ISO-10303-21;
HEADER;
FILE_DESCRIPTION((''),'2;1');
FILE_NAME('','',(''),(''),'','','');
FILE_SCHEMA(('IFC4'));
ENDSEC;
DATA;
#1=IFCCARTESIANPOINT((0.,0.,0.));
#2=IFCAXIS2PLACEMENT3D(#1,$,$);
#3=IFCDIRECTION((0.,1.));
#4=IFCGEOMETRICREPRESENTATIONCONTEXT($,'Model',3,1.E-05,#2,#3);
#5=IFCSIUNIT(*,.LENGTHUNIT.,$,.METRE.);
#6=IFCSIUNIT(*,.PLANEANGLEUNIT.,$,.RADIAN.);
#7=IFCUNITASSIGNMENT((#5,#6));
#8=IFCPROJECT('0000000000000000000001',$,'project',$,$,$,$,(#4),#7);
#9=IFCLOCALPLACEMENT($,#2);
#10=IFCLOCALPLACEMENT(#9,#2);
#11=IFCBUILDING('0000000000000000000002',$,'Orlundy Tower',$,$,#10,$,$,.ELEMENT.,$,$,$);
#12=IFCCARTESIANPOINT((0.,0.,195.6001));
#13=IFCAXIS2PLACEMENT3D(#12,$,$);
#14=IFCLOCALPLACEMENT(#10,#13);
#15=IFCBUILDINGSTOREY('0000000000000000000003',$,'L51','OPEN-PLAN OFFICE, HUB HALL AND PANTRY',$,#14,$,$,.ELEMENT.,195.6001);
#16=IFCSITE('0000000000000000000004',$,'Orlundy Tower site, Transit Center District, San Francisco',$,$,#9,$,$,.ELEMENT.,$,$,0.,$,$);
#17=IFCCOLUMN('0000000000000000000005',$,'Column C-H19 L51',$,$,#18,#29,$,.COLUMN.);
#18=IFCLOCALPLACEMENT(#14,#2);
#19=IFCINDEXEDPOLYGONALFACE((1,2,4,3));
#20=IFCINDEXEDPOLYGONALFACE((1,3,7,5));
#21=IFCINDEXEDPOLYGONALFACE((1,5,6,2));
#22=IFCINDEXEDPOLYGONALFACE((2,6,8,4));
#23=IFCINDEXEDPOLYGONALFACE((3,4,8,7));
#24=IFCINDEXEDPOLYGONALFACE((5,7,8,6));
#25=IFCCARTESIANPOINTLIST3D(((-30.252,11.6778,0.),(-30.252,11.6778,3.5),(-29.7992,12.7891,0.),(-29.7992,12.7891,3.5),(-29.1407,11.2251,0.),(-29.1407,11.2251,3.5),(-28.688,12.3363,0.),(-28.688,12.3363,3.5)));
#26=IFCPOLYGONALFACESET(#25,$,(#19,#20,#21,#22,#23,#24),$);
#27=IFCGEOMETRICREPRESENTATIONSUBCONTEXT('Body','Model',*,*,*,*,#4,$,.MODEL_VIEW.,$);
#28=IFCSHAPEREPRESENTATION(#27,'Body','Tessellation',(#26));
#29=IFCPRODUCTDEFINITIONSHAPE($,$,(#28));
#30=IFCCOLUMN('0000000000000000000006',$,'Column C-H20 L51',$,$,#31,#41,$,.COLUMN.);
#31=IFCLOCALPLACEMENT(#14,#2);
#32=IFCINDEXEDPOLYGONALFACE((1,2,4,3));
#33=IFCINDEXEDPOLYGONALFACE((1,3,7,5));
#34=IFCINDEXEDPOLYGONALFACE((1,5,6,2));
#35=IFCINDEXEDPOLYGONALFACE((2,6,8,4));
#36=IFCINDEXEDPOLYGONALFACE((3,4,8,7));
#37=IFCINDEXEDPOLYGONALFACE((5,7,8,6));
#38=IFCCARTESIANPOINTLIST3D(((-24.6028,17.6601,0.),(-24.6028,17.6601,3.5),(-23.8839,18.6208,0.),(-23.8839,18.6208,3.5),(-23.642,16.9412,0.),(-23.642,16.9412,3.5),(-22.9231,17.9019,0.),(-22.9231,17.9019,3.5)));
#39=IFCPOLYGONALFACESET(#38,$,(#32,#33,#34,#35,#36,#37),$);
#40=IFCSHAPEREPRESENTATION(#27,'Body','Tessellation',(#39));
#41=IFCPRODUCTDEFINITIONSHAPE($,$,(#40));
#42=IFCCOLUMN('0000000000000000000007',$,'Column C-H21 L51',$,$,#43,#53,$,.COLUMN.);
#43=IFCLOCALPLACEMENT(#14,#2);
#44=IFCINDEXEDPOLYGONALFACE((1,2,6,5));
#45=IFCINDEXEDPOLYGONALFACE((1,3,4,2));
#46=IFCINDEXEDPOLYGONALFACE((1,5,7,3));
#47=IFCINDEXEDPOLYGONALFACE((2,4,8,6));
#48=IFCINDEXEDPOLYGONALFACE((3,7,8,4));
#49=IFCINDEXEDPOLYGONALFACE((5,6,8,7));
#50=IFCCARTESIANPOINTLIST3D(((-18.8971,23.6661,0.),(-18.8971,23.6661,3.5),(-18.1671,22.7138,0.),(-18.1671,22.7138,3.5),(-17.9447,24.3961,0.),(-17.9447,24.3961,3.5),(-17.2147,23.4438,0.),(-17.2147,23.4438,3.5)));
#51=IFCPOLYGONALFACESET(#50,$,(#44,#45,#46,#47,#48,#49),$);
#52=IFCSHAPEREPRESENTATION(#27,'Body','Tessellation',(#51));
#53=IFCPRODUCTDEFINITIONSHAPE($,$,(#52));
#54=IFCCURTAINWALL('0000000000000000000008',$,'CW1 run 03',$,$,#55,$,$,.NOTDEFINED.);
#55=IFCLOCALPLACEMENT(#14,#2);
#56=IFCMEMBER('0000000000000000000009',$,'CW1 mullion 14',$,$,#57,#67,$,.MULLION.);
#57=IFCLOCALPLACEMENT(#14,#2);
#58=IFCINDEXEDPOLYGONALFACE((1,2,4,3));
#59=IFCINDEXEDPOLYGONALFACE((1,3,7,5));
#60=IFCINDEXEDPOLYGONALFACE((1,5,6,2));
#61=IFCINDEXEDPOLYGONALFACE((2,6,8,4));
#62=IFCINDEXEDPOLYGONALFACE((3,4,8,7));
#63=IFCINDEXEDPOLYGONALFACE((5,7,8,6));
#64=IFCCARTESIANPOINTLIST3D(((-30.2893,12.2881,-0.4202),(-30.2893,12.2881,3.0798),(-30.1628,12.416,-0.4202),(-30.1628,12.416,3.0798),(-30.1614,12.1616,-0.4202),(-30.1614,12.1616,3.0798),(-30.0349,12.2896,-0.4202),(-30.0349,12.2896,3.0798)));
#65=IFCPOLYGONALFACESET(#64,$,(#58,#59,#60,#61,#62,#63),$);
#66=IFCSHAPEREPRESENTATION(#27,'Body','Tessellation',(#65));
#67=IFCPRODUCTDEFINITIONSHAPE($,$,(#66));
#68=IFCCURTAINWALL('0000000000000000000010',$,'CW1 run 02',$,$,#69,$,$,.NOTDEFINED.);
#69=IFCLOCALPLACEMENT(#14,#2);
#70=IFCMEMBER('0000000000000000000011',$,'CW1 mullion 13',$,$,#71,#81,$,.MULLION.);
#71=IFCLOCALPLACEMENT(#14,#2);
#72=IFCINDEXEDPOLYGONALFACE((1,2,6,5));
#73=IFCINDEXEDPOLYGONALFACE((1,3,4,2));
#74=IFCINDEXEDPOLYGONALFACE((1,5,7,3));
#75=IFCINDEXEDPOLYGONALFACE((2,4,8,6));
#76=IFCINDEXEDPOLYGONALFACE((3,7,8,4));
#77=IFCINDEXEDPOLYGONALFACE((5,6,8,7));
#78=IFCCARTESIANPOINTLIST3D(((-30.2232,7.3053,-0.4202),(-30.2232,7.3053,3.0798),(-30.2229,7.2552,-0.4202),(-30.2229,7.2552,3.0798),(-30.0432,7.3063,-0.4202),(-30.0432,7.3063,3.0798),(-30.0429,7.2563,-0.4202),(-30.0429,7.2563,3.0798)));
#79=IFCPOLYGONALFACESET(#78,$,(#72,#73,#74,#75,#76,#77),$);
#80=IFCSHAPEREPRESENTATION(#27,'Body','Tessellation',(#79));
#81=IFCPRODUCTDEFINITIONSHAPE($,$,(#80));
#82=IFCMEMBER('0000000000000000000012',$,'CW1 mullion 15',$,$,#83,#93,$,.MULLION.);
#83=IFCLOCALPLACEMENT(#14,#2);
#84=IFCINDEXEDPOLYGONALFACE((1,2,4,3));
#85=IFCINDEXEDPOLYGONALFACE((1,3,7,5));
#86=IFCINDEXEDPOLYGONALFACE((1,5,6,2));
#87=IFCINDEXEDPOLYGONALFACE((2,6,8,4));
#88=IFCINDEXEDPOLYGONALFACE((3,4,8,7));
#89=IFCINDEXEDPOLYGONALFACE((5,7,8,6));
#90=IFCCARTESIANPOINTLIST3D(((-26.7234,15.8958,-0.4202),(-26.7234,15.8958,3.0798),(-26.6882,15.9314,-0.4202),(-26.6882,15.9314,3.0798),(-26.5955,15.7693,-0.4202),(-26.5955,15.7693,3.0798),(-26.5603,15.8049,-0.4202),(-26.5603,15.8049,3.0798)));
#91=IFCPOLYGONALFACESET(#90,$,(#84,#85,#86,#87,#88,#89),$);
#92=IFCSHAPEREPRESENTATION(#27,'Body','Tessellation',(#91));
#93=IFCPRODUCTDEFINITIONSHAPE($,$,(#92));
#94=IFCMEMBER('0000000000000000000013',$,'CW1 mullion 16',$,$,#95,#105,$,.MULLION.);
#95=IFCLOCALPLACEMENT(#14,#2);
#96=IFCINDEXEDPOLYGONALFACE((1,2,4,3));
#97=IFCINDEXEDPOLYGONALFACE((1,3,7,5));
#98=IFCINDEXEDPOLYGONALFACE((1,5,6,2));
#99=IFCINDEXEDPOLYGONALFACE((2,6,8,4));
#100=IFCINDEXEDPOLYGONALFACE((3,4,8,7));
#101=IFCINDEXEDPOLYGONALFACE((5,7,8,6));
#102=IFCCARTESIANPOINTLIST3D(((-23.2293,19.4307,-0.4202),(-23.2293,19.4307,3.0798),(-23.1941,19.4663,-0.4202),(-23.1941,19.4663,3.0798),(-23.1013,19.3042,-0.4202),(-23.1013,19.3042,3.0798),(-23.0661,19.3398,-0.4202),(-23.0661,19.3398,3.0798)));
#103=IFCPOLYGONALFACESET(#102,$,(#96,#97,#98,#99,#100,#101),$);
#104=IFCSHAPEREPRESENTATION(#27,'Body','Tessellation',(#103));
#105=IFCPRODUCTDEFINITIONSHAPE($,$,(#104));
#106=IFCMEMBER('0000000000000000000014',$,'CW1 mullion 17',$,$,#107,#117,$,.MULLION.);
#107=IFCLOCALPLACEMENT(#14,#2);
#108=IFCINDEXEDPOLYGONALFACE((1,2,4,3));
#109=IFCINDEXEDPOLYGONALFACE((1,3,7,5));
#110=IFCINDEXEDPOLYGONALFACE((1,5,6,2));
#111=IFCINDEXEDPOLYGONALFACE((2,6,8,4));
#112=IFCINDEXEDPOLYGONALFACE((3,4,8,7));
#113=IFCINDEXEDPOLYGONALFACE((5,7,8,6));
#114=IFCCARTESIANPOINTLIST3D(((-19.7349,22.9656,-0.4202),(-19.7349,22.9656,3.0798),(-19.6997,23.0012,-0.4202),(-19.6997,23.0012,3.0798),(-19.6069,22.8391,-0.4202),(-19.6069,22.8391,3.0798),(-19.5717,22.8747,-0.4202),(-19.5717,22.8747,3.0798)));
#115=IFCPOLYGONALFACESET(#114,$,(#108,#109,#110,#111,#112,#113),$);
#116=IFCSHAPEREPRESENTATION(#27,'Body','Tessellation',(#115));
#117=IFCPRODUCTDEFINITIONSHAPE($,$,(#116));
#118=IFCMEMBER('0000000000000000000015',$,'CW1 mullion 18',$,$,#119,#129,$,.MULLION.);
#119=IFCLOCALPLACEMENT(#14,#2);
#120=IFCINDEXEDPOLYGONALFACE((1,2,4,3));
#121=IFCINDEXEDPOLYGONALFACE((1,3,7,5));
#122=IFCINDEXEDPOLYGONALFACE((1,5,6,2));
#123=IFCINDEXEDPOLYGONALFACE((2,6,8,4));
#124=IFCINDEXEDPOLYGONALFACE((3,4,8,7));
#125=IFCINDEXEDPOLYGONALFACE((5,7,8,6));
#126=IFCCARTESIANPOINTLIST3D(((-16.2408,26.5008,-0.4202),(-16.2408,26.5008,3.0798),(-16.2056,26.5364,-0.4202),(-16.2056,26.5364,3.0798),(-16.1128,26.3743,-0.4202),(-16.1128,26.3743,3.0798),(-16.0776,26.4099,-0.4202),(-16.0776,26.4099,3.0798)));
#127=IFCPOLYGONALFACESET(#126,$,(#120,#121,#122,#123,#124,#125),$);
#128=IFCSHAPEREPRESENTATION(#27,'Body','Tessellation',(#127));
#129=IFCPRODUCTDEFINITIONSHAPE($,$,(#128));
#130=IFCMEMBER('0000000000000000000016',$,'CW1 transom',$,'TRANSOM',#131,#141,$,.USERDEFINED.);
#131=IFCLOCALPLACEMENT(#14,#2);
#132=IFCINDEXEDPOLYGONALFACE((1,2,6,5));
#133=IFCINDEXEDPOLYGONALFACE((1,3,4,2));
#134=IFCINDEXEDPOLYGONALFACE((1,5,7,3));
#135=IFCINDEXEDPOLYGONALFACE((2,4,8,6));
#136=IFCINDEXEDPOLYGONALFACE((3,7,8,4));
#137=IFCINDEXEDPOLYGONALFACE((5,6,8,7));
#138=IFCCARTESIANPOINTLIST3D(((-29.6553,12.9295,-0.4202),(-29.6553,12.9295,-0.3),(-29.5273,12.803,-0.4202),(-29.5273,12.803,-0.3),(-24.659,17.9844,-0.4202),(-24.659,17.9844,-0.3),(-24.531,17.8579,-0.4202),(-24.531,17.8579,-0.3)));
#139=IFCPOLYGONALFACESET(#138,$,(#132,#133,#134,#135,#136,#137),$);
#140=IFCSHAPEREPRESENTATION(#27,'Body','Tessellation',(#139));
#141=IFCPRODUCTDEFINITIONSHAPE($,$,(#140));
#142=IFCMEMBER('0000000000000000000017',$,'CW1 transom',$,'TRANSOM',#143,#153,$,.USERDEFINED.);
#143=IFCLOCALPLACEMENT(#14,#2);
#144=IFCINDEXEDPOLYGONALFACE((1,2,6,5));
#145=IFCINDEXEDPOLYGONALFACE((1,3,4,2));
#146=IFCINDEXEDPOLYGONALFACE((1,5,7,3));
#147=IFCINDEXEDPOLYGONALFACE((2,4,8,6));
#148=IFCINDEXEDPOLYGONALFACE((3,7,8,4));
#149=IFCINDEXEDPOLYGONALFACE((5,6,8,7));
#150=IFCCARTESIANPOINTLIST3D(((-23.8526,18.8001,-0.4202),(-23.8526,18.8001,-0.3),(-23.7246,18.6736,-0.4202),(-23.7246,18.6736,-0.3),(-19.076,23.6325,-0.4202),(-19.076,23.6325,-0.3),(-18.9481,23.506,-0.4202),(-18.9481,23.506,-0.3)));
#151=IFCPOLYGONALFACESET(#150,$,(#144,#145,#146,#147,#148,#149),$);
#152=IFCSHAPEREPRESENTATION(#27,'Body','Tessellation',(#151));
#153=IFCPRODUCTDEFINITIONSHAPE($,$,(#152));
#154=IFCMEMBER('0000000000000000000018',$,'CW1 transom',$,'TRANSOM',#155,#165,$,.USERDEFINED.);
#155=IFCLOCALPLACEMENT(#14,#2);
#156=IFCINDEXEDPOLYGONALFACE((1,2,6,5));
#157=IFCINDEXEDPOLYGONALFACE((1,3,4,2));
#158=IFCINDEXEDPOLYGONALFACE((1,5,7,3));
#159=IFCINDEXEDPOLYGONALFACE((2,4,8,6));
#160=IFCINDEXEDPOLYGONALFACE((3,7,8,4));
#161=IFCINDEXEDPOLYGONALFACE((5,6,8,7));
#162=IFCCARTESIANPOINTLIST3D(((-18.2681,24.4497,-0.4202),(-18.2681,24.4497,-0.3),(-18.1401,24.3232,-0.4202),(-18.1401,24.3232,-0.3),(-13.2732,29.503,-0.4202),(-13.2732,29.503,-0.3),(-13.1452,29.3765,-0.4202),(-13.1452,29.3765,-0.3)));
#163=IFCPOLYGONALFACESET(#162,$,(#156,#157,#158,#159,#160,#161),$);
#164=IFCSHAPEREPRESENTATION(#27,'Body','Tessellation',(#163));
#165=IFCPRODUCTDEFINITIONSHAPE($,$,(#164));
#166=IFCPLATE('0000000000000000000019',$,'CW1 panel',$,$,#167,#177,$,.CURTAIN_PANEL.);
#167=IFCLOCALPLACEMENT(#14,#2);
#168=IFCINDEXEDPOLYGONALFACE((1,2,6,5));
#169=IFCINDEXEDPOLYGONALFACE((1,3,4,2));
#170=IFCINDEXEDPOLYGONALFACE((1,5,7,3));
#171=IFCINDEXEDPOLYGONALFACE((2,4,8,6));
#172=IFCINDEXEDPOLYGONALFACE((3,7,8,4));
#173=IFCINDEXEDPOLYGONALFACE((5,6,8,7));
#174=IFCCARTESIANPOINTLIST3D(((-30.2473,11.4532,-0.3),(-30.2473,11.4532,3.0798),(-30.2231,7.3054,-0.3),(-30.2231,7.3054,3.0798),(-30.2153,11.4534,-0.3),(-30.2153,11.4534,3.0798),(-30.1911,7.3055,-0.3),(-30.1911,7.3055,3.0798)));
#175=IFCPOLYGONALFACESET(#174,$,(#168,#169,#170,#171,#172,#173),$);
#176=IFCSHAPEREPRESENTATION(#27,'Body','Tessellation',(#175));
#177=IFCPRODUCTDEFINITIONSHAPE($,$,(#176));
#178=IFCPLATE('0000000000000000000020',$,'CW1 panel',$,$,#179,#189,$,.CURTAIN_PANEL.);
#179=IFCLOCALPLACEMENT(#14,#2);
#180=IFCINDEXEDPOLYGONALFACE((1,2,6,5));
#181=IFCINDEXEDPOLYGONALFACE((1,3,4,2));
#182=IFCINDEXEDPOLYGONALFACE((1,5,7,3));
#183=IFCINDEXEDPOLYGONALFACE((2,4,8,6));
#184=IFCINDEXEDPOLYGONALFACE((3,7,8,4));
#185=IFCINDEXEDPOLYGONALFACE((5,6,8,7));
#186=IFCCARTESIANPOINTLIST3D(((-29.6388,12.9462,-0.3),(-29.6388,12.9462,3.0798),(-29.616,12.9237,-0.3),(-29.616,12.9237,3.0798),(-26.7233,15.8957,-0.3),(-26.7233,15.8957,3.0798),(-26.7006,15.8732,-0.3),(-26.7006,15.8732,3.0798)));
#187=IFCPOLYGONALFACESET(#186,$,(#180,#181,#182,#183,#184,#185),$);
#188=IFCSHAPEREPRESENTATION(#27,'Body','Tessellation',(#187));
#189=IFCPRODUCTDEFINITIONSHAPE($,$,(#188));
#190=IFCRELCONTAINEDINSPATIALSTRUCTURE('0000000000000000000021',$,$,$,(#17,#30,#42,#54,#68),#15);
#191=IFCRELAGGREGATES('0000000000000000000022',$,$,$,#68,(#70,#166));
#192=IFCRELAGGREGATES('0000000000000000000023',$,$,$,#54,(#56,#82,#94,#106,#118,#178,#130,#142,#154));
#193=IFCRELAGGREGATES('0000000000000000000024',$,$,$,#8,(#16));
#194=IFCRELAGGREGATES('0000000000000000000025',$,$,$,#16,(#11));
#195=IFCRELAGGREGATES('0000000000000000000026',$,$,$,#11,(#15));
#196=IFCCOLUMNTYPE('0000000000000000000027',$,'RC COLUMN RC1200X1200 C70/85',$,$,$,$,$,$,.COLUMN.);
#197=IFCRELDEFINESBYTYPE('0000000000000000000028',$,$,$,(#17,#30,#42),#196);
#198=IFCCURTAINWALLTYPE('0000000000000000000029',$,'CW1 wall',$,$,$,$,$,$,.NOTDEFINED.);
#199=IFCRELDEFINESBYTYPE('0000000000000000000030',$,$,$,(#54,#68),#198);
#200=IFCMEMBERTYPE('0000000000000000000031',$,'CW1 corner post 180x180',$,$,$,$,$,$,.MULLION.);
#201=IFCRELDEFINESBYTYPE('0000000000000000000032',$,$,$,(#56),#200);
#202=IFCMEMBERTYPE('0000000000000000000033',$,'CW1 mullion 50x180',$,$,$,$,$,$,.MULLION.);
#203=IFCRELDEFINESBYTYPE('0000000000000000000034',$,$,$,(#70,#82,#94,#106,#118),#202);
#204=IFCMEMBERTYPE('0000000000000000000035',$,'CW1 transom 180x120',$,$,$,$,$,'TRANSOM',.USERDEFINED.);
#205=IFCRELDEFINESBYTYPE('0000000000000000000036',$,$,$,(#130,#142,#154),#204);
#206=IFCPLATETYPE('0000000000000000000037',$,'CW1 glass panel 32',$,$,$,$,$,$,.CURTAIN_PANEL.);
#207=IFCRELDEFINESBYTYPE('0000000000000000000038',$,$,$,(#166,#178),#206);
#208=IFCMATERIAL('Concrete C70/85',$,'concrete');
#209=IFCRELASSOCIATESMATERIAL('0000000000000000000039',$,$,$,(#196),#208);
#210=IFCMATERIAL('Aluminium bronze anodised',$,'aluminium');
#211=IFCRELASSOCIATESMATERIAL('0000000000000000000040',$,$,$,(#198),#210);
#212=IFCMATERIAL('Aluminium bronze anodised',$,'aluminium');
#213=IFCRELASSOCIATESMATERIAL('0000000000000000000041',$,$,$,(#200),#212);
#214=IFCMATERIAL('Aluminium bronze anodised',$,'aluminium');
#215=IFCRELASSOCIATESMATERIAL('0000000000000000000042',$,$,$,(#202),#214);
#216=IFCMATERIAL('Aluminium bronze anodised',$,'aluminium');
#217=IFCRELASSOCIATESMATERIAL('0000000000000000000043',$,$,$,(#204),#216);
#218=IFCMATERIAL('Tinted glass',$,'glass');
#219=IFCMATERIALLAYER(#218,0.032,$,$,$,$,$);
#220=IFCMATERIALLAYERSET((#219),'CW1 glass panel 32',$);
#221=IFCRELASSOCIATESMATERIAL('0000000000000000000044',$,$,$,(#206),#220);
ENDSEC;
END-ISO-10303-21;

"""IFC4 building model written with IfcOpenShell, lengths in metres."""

from ifc_helpers import new_model, si_unit, direction, frame, origin, origin_2d, place, context, subcontext, project, spatial, rectangle, extrude, material, layer, layer_set, material_profile, profile_set, type_object, element, aggregate, save


model = new_model("IFC4")

# Units and contexts
model_context = context("Model", 3, precision=1e-05, world=origin(), true_north=direction((0.0, 1.0)))
body_context = subcontext(model_context, "Body", "Model", "MODEL_VIEW")
ifc_project = project(units=[si_unit("LENGTHUNIT", "METRE"), si_unit("PLANEANGLEUNIT", "RADIAN")], contexts=[model_context])

# Site, building, storey
site_placement = place(None, origin())
site = spatial("IfcSite", under=ifc_project, at=site_placement, Name="Orlundy Tower site, Transit Center District, San Francisco", CompositionType="ELEMENT", RefElevation=0.0)
building_placement = place(site_placement, origin())
building = spatial("IfcBuilding", under=site, at=building_placement, Name="Orlundy Tower", CompositionType="ELEMENT")
storey_placement = place(building_placement, frame((0.0, 0.0, 195.6001)))
storey = spatial("IfcBuildingStorey", under=building, at=storey_placement, Name="L51", Description="OPEN-PLAN OFFICE, HUB HALL AND PANTRY", CompositionType="ELEMENT", Elevation=195.6001)

# Columns
ifc_material_1 = material(Name="Concrete C70/85", Category="concrete")
ifc_material_profile_1 = material_profile(ifc_material_1, rectangle(XDim=1.2, YDim=1.2, at=origin_2d()), Name="RC1200X1200")
ifc_profile_set_1 = profile_set([ifc_material_profile_1], Name="Concrete C70/85")
column_type = type_object("IfcColumnType", Name="RC COLUMN RC1200X1200 C70/85", PredefinedType="COLUMN", material=ifc_profile_set_1)
for number, where, z_axis, x_axis, name in (
    (1, (-29.47, 12.0071, 0.0), (0.0, 0.0, 1.0), (-0.926081, 0.377324, 0.0), "Column C-H19 L51"),
    (2, (-23.7629, 17.781, 0.0), (0.0, 0.0, 1.0), (-0.800669, 0.599107, 0.0), "Column C-H20 L51"),
    (3, (-18.0559, 23.5549, 0.0), (0.0, 0.0, 1.0), (-0.608374, 0.793651, 0.0), "Column C-H21 L51"),
):
    element("IfcColumn", number, at=place(storey_placement, frame(where, z_axis=z_axis, x_axis=x_axis)), inside=storey, type_object=column_type, Name=name, PredefinedType="COLUMN", context=body_context, shape_type="SweptSolid", body=[
        extrude(rectangle(XDim=1.2, YDim=1.2, at=origin_2d()), origin(), (0.0, 0.0, 1.0), 3.5),
    ])

# Curtain walls, members
ifc_material_2 = material(Name="Aluminium bronze anodised", Category="aluminium")
curtain_wall_type = type_object("IfcCurtainWallType", Name="CW1 wall", PredefinedType="NOTDEFINED", material=ifc_material_2)
curtain_wall_1_placement = place(storey_placement, origin())
curtain_wall_1 = element("IfcCurtainWall", 4, at=curtain_wall_1_placement, inside=storey, type_object=curtain_wall_type, Name="CW1 run 03", PredefinedType="NOTDEFINED")
ifc_material_3 = material(Name="Aluminium bronze anodised", Category="aluminium")
ifc_material_profile_2 = material_profile(ifc_material_3, rectangle(XDim=0.1799, YDim=0.1799, at=origin_2d()), Name="CW1 corner post 180x180")
ifc_profile_set_2 = profile_set([ifc_material_profile_2], Name="Aluminium bronze anodised")
member_type_1 = type_object("IfcMemberType", Name="CW1 corner post 180x180", PredefinedType="MULLION", material=ifc_profile_set_2)
member_1_placement = place(storey_placement, frame((-30.1621, 12.2888, -0.4202), z_axis=(0.0, 0.0, 1.0), x_axis=(-0.711199, 0.702991, 0.0)))
member_1 = element("IfcMember", 5, at=member_1_placement, type_object=member_type_1, Name="CW1 mullion 14", PredefinedType="MULLION", context=body_context, shape_type="SweptSolid", body=[
    extrude(rectangle(XDim=0.1799, YDim=0.1799, at=origin_2d()), origin(), (0.0, 0.0, 1.0), 3.5),
])
curtain_wall_2_placement = place(storey_placement, origin())
curtain_wall_2 = element("IfcCurtainWall", 6, at=curtain_wall_2_placement, inside=storey, type_object=curtain_wall_type, Name="CW1 run 02", PredefinedType="NOTDEFINED")
ifc_material_4 = material(Name="Aluminium bronze anodised", Category="aluminium")
ifc_material_profile_3 = material_profile(ifc_material_4, rectangle(XDim=0.1799, YDim=0.05, at=origin_2d()), Name="CW1 mullion 50x180")
ifc_profile_set_3 = profile_set([ifc_material_profile_3], Name="Aluminium bronze anodised")
member_type_2 = type_object("IfcMemberType", Name="CW1 mullion 50x180", PredefinedType="MULLION", material=ifc_profile_set_3)
member_2_placement = place(storey_placement, frame((-30.1331, 7.2808, -0.4202), z_axis=(0.0, 0.0, 1.0), x_axis=(-0.999983, -0.005834, 0.0)))
member_2 = element("IfcMember", 7, at=member_2_placement, type_object=member_type_2, Name="CW1 mullion 13", PredefinedType="MULLION", context=body_context, shape_type="SweptSolid", body=[
    extrude(rectangle(XDim=0.1799, YDim=0.05, at=origin_2d()), origin(), (0.0, 0.0, 1.0), 3.5),
])

# Members
member_3_placement = place(storey_placement, frame((-26.6418, 15.8503, -0.4202), z_axis=(0.0, 0.0, 1.0), x_axis=(-0.711199, 0.702991, 0.0)))
member_3 = element("IfcMember", 8, at=member_3_placement, type_object=member_type_2, Name="CW1 mullion 15", PredefinedType="MULLION", context=body_context, shape_type="SweptSolid", body=[
    extrude(rectangle(XDim=0.1799, YDim=0.05, at=origin_2d()), origin(), (0.0, 0.0, 1.0), 3.5),
])
member_4_placement = place(storey_placement, frame((-23.1477, 19.3853, -0.4202), z_axis=(0.0, 0.0, 1.0), x_axis=(-0.711199, 0.702991, 0.0)))
member_4 = element("IfcMember", 9, at=member_4_placement, type_object=member_type_2, Name="CW1 mullion 16", PredefinedType="MULLION", context=body_context, shape_type="SweptSolid", body=[
    extrude(rectangle(XDim=0.1799, YDim=0.05, at=origin_2d()), origin(), (0.0, 0.0, 1.0), 3.5),
])
member_5_placement = place(storey_placement, frame((-19.6533, 22.9202, -0.4202), z_axis=(0.0, 0.0, 1.0), x_axis=(-0.711199, 0.702991, 0.0)))
member_5 = element("IfcMember", 10, at=member_5_placement, type_object=member_type_2, Name="CW1 mullion 17", PredefinedType="MULLION", context=body_context, shape_type="SweptSolid", body=[
    extrude(rectangle(XDim=0.1799, YDim=0.05, at=origin_2d()), origin(), (0.0, 0.0, 1.0), 3.5),
])
member_6_placement = place(storey_placement, frame((-16.1592, 26.4553, -0.4202), z_axis=(0.0, 0.0, 1.0), x_axis=(-0.711199, 0.702991, 0.0)))
member_6 = element("IfcMember", 11, at=member_6_placement, type_object=member_type_2, Name="CW1 mullion 18", PredefinedType="MULLION", context=body_context, shape_type="SweptSolid", body=[
    extrude(rectangle(XDim=0.1799, YDim=0.05, at=origin_2d()), origin(), (0.0, 0.0, 1.0), 3.5),
])
ifc_material_5 = material(Name="Aluminium bronze anodised", Category="aluminium")
ifc_material_profile_4 = material_profile(ifc_material_5, rectangle(XDim=0.1799, YDim=0.1201, at=origin_2d()), Name="CW1 transom 180x120")
ifc_profile_set_4 = profile_set([ifc_material_profile_4], Name="Aluminium bronze anodised")
member_type_3 = type_object("IfcMemberType", Name="CW1 transom 180x120", ElementType="TRANSOM", PredefinedType="USERDEFINED", material=ifc_profile_set_4)
member_7_placement = place(storey_placement, frame((-29.5913, 12.8662, -0.3601), z_axis=(0.702973, 0.711217, 0.0), x_axis=(-0.711217, 0.702973, 0.0)))
member_7 = element("IfcMember", 12, at=member_7_placement, type_object=member_type_3, Name="CW1 transom", ObjectType="TRANSOM", PredefinedType="USERDEFINED", context=body_context, shape_type="SweptSolid", body=[
    extrude(rectangle(XDim=0.1799, YDim=0.1201, at=origin_2d()), origin(), (0.0, 0.0, 1.0), 7.1074),
])
member_8_placement = place(storey_placement, frame((-23.7886, 18.7368, -0.3601), z_axis=(0.702981, 0.711209, 0.0), x_axis=(-0.711209, 0.702981, 0.0)))
member_8 = element("IfcMember", 13, at=member_8_placement, type_object=member_type_3, Name="CW1 transom", ObjectType="TRANSOM", PredefinedType="USERDEFINED", context=body_context, shape_type="SweptSolid", body=[
    extrude(rectangle(XDim=0.1799, YDim=0.1201, at=origin_2d()), origin(), (0.0, 0.0, 1.0), 6.7947),
])
member_9_placement = place(storey_placement, frame((-18.2041, 24.3865, -0.3601), z_axis=(0.702989, 0.711201, 0.0), x_axis=(-0.711201, 0.702989, 0.0)))
member_9 = element("IfcMember", 14, at=member_9_placement, type_object=member_type_3, Name="CW1 transom", ObjectType="TRANSOM", PredefinedType="USERDEFINED", context=body_context, shape_type="SweptSolid", body=[
    extrude(rectangle(XDim=0.1799, YDim=0.1201, at=origin_2d()), origin(), (0.0, 0.0, 1.0), 7.1052),
])

# Plates
ifc_material_6 = material(Name="Tinted glass", Category="glass")
ifc_layer_1 = layer(ifc_material_6, 0.032)
ifc_layer_set_1 = layer_set([ifc_layer_1], Name="CW1 glass panel 32")
plate_type = type_object("IfcPlateType", Name="CW1 glass panel 32", PredefinedType="CURTAIN_PANEL", material=ifc_layer_set_1)
plate_1_placement = place(storey_placement, frame((-30.2192, 9.3794, -0.3), z_axis=(0.0, 0.0, 1.0), x_axis=(-0.005834, 0.999983, 0.0)))
plate_1 = element("IfcPlate", 15, at=plate_1_placement, type_object=plate_type, Name="CW1 panel", PredefinedType="CURTAIN_PANEL", context=body_context, shape_type="SweptSolid", body=[
    extrude(rectangle(XDim=4.1479, YDim=0.032, at=origin_2d()), origin(), (0.0, 0.0, 1.0), 3.3799),
])
aggregate(curtain_wall_2, [member_2, plate_1])
plate_2_placement = place(storey_placement, frame((-28.1697, 14.4097, -0.3), z_axis=(0.0, 0.0, 1.0), x_axis=(0.702991, 0.711199, 0.0)))
plate_2 = element("IfcPlate", 16, at=plate_2_placement, type_object=plate_type, Name="CW1 panel", PredefinedType="CURTAIN_PANEL", context=body_context, shape_type="SweptSolid", body=[
    extrude(rectangle(XDim=4.1472, YDim=0.032, at=origin_2d()), origin(), (0.0, 0.0, 1.0), 3.3799),
])
aggregate(curtain_wall_1, [member_1, member_3, member_4, member_5, member_6, plate_2, member_7, member_8, member_9])

save(model, "model.ifc")
